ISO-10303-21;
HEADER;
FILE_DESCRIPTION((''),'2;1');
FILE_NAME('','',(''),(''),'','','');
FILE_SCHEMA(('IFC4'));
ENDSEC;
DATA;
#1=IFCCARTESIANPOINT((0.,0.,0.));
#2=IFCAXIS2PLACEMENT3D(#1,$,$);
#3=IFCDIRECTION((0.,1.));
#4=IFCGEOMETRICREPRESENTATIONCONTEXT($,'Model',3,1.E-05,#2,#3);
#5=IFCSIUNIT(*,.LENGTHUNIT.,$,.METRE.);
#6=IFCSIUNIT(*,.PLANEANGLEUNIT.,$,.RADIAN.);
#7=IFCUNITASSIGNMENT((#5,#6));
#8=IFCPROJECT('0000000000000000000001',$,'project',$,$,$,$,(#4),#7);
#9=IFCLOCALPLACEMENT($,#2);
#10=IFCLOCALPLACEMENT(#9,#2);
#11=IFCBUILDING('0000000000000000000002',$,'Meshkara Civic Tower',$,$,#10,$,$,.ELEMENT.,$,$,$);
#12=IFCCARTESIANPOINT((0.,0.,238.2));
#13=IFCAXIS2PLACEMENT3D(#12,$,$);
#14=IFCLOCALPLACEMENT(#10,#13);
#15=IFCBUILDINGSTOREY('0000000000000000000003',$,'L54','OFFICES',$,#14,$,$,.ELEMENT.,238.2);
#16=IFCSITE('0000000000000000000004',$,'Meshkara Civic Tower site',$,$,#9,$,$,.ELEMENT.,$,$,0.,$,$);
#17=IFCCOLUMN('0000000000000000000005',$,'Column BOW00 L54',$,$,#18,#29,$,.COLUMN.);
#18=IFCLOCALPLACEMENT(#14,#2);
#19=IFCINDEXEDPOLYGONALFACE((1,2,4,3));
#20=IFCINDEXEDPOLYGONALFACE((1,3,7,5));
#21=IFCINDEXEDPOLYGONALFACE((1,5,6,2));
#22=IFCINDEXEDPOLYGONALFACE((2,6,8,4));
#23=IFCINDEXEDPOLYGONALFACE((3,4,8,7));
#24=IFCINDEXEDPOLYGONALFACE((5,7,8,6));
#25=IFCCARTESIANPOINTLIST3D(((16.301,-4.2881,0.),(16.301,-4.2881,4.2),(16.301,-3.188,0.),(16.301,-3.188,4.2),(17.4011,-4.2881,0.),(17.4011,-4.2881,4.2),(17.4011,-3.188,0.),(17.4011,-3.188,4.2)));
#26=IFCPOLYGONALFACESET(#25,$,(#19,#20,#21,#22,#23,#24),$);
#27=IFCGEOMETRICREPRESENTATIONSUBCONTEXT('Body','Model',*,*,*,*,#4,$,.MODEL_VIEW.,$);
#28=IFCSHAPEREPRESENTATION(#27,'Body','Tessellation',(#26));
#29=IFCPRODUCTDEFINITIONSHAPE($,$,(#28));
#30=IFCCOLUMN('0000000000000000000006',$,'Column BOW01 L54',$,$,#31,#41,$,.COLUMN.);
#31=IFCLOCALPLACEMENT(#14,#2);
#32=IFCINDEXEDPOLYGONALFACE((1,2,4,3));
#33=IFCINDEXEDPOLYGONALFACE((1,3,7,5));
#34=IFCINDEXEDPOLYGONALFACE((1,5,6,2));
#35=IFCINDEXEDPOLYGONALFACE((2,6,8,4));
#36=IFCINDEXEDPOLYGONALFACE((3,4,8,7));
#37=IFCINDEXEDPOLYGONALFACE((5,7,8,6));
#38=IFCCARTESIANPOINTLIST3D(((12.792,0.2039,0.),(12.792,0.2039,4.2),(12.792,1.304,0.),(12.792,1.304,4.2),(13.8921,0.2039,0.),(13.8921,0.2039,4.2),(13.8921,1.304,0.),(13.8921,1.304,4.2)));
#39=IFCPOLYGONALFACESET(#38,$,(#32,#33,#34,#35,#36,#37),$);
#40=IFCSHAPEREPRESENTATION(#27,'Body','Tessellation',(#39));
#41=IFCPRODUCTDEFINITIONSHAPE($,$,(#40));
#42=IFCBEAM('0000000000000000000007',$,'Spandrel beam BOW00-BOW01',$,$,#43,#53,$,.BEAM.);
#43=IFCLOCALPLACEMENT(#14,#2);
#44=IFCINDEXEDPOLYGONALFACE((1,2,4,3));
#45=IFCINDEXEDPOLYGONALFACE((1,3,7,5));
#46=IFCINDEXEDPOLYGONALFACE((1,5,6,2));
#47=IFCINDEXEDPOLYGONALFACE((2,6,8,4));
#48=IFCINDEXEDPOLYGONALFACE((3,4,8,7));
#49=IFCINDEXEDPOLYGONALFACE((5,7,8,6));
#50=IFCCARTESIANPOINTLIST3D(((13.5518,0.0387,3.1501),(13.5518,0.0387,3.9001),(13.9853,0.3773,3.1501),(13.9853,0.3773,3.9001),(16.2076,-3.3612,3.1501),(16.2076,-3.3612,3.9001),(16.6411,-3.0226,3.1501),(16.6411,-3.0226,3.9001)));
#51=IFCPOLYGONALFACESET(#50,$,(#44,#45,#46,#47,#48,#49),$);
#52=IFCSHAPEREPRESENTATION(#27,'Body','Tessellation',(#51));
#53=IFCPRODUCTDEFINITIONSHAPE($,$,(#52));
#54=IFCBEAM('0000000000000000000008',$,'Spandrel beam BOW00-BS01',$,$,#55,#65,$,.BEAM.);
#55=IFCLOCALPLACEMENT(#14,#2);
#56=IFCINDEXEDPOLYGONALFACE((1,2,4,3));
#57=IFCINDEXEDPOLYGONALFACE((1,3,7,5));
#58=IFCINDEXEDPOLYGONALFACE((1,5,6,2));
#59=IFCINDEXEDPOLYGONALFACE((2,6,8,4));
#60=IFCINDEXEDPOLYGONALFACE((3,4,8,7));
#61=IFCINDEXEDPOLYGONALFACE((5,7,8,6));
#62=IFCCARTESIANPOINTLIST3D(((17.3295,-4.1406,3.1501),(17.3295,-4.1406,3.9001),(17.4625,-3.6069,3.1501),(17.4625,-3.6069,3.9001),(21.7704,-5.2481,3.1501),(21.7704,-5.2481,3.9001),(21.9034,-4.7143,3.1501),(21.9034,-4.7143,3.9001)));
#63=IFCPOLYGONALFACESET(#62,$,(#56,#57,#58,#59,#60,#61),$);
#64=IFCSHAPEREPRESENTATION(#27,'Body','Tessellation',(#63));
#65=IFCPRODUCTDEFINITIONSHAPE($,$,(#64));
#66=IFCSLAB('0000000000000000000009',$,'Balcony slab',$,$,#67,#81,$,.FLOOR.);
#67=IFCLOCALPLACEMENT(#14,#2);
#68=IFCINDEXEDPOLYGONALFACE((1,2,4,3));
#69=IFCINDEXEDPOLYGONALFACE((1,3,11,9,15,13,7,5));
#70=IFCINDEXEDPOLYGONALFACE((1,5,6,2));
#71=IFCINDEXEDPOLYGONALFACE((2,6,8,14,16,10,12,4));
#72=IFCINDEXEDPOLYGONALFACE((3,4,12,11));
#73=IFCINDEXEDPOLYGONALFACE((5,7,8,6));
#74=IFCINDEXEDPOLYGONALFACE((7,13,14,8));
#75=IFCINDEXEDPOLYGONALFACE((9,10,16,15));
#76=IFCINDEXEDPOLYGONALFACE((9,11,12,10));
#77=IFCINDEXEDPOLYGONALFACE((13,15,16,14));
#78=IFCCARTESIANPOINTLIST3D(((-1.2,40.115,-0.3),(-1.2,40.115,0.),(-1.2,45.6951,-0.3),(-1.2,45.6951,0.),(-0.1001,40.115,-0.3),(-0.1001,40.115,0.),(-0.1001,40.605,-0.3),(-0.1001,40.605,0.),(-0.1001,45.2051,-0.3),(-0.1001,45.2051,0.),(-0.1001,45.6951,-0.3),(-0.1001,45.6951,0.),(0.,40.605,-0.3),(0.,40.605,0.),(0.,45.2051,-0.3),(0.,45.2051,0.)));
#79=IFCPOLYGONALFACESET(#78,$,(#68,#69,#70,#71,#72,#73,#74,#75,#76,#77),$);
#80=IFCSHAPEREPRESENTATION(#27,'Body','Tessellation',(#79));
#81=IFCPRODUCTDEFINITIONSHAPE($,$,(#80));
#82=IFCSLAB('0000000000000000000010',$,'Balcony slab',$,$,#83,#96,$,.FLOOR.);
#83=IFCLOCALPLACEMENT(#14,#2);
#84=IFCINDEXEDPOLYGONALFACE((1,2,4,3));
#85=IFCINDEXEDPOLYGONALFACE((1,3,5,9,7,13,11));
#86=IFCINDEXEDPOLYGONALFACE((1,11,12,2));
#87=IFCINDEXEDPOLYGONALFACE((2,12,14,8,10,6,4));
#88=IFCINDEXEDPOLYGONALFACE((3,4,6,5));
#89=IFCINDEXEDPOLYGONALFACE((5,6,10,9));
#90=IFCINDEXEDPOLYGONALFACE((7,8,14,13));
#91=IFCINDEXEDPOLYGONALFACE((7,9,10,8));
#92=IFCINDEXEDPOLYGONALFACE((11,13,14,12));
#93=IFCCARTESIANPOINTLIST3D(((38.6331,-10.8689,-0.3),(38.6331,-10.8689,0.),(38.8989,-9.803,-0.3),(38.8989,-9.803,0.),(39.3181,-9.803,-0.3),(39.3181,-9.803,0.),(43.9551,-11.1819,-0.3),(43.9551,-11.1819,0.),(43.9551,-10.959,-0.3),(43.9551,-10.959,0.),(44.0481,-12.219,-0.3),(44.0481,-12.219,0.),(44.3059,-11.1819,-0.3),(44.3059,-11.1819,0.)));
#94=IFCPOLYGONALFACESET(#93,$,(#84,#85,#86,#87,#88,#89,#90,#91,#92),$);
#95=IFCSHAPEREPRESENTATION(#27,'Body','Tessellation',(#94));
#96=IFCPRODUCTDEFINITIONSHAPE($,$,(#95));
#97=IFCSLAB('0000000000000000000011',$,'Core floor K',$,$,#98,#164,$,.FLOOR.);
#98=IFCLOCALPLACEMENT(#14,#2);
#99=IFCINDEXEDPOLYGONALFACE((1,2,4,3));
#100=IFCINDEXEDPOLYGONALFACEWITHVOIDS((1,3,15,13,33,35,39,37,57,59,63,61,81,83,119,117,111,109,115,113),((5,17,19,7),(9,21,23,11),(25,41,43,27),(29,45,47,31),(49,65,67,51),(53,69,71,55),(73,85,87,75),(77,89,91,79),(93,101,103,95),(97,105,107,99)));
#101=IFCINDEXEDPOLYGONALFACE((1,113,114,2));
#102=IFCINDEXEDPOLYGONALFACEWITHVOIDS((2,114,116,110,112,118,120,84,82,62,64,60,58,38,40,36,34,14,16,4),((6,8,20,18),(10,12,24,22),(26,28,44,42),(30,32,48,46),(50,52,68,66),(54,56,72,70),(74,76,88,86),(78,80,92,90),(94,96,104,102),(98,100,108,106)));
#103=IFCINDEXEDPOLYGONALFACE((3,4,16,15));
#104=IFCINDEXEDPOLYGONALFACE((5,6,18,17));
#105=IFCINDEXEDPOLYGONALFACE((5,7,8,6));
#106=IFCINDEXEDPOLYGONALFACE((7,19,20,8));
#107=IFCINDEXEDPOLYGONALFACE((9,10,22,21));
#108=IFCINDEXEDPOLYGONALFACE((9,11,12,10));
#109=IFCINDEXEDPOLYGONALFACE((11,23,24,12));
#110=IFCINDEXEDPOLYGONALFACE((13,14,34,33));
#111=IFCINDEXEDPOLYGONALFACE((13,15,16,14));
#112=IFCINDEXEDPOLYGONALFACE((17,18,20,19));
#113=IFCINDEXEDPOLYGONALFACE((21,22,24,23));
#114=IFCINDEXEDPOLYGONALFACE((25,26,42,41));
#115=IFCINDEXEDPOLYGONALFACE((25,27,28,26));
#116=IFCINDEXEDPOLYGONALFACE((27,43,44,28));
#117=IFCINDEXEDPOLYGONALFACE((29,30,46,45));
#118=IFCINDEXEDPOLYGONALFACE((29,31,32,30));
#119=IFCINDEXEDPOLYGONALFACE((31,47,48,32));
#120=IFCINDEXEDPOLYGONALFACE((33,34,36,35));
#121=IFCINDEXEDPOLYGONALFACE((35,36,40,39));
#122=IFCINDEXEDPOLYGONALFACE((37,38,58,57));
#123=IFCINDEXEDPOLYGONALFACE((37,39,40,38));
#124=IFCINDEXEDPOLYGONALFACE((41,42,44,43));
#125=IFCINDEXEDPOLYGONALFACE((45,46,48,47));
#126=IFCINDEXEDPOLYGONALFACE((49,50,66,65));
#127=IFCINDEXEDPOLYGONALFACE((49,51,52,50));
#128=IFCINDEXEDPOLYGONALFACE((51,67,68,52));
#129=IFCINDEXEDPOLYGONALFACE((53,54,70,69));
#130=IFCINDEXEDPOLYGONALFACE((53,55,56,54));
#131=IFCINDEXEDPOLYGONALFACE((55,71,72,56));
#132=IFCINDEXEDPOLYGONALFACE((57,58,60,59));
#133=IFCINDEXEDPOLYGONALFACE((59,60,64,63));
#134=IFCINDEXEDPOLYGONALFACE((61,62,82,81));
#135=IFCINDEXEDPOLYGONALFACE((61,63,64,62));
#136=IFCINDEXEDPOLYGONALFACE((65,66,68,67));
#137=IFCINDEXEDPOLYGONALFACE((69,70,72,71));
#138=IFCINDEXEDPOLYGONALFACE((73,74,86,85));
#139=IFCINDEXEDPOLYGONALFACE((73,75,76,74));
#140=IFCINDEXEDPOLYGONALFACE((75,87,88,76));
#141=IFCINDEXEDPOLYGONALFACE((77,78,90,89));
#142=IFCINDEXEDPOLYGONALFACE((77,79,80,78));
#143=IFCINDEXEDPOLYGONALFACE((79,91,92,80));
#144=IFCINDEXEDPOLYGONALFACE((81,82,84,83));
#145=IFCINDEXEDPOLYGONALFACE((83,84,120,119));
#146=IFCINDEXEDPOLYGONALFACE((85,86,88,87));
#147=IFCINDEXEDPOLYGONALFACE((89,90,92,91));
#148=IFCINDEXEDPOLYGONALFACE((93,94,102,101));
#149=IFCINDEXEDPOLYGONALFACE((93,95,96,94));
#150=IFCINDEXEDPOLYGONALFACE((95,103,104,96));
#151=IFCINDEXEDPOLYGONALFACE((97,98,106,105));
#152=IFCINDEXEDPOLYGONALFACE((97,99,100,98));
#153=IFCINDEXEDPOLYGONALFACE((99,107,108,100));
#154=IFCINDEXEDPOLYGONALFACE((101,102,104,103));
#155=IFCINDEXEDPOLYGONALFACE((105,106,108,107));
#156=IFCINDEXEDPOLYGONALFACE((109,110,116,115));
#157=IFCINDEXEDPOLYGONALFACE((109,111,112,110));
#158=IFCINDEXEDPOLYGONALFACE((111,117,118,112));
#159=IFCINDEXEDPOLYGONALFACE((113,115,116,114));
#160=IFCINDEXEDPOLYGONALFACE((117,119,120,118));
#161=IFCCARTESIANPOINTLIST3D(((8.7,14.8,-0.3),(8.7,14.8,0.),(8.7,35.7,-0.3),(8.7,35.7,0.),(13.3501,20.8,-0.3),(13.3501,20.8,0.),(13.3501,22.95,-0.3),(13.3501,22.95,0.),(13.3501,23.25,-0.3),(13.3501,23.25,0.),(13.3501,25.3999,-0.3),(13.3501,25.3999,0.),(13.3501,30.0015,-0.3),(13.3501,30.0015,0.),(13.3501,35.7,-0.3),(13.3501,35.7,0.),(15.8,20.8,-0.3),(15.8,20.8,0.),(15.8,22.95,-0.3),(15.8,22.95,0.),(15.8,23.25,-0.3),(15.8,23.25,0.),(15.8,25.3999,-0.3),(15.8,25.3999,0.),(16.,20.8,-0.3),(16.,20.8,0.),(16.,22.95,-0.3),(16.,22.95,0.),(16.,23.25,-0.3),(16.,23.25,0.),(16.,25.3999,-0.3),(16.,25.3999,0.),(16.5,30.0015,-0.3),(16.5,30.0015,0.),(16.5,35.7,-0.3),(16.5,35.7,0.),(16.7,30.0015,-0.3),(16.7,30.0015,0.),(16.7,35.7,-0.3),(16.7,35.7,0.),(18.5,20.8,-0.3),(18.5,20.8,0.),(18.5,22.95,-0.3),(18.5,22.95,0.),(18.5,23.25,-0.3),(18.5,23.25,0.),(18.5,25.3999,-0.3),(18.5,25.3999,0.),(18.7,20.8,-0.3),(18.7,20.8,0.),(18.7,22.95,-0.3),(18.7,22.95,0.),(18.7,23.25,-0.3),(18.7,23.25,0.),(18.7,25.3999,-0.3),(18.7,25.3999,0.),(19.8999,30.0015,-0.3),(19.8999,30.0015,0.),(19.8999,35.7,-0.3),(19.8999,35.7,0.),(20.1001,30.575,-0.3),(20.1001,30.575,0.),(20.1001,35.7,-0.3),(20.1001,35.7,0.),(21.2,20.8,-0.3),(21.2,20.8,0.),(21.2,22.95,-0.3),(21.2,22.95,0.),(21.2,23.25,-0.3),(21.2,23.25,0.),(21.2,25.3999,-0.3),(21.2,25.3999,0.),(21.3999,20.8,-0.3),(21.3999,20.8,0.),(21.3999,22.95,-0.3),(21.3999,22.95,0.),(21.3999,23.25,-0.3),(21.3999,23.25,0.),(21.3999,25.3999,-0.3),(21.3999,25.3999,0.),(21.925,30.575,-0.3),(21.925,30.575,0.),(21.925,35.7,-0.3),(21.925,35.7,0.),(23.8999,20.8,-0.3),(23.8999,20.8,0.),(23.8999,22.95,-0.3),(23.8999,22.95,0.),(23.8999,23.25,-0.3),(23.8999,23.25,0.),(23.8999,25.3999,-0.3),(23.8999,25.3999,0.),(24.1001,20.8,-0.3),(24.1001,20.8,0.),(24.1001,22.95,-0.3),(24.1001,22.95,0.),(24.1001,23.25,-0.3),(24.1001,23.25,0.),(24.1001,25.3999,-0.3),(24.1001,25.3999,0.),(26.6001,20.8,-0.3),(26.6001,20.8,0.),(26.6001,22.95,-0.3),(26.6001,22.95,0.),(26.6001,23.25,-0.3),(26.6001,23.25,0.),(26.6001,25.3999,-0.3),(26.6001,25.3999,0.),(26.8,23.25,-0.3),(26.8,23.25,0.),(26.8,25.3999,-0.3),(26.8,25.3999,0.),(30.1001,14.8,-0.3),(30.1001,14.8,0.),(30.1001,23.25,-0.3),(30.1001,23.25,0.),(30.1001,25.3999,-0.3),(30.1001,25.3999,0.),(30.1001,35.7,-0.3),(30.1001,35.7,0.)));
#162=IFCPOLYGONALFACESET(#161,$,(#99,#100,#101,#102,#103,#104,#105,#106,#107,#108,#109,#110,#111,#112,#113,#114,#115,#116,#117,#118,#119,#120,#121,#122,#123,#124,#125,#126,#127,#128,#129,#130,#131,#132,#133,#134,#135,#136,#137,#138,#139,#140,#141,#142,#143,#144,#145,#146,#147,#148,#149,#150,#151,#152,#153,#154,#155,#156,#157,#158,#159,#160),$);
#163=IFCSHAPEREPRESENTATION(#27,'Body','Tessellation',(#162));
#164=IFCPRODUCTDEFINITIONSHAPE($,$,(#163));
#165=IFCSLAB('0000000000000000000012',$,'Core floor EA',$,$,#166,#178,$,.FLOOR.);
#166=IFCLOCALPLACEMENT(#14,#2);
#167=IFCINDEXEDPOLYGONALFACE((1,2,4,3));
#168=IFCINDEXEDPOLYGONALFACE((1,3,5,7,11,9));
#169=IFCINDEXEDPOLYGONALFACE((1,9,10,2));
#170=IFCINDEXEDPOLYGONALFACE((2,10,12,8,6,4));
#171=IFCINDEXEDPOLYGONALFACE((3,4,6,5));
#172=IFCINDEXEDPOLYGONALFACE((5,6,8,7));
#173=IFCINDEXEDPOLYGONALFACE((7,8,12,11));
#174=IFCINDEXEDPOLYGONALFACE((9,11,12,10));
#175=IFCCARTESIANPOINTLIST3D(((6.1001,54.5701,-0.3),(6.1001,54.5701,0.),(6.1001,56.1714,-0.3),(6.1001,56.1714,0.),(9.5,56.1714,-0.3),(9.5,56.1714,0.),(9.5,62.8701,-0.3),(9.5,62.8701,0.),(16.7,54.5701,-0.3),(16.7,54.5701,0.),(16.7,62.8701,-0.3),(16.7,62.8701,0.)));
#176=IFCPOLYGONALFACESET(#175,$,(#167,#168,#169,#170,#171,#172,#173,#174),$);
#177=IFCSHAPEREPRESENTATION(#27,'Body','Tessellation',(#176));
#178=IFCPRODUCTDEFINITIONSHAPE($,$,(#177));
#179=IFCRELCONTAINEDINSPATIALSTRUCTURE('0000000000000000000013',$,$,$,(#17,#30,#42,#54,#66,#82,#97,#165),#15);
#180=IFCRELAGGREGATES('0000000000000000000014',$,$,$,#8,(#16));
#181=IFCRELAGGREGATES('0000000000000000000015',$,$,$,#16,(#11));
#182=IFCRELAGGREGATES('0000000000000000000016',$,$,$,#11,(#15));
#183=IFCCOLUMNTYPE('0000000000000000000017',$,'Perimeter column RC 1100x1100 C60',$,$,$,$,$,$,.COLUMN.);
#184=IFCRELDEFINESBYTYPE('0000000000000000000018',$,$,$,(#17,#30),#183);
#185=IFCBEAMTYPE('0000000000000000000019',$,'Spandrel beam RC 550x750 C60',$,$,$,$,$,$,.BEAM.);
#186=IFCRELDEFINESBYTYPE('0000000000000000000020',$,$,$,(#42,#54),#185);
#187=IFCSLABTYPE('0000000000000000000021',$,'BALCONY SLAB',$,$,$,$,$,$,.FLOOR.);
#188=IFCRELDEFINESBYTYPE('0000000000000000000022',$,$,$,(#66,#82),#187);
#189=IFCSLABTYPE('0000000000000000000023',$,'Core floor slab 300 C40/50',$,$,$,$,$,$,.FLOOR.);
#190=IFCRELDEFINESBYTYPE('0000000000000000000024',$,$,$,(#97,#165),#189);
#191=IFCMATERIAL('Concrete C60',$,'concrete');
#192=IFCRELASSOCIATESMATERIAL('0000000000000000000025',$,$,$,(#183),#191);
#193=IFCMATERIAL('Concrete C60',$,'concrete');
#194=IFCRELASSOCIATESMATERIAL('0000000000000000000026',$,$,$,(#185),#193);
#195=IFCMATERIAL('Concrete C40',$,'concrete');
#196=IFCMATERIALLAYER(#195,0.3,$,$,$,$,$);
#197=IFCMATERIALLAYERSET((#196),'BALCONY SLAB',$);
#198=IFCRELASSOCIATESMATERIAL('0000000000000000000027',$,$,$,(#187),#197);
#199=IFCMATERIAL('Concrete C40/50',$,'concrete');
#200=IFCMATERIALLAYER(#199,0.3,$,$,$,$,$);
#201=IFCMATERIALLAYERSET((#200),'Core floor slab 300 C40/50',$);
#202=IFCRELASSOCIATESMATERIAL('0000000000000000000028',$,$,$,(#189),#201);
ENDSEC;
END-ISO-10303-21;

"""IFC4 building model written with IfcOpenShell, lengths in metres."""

from ifc_helpers import new_model, si_unit, direction, frame, origin, origin_2d, place, context, subcontext, project, spatial, polyline, rectangle, outline, extrude, material, layer, layer_set, material_profile, profile_set, type_object, element, save


model = new_model("IFC4")

# Units and contexts
model_context = context("Model", 3, precision=1e-05, world=origin(), true_north=direction((0.0, 1.0)))
body_context = subcontext(model_context, "Body", "Model", "MODEL_VIEW")
ifc_project = project(units=[si_unit("LENGTHUNIT", "METRE"), si_unit("PLANEANGLEUNIT", "RADIAN")], contexts=[model_context])

# Site, building, storey
site_placement = place(None, origin())
site = spatial("IfcSite", under=ifc_project, at=site_placement, Name="Meshkara Civic Tower site", CompositionType="ELEMENT", RefElevation=0.0)
building_placement = place(site_placement, origin())
building = spatial("IfcBuilding", under=site, at=building_placement, Name="Meshkara Civic Tower", CompositionType="ELEMENT")
storey_placement = place(building_placement, frame((0.0, 0.0, 238.2)))
storey = spatial("IfcBuildingStorey", under=building, at=storey_placement, Name="L54", Description="OFFICES", CompositionType="ELEMENT", Elevation=238.2)

# Columns
ifc_material_1 = material(Name="Concrete C60", Category="concrete")
ifc_material_profile_1 = material_profile(ifc_material_1, rectangle(XDim=1.1001, YDim=1.1001, at=origin_2d()))
ifc_profile_set_1 = profile_set([ifc_material_profile_1], Name="Concrete C60")
column_type = type_object("IfcColumnType", Name="Perimeter column RC 1100x1100 C60", PredefinedType="COLUMN", material=ifc_profile_set_1)
for number, where, z_axis, x_axis, name in (
    (1, (16.8511, -3.738, 0.0), (0.0, 0.0, 1.0), (1.0, 0.0, 0.0), "Column BOW00 L54"),
    (2, (13.342, 0.7539, 0.0), (0.0, 0.0, 1.0), (1.0, 0.0, 0.0), "Column BOW01 L54"),
):
    element("IfcColumn", number, at=place(storey_placement, frame(where, z_axis=z_axis, x_axis=x_axis)), inside=storey, type_object=column_type, Name=name, PredefinedType="COLUMN", context=body_context, shape_type="SweptSolid", body=[
        extrude(rectangle(XDim=1.1001, YDim=1.1001, at=origin_2d()), origin(), (0.0, 0.0, 1.0), 4.2),
    ])

# Beams
ifc_material_2 = material(Name="Concrete C60", Category="concrete")
ifc_material_profile_2 = material_profile(ifc_material_2, rectangle(XDim=0.55, YDim=0.75, at=origin_2d()))
ifc_profile_set_2 = profile_set([ifc_material_profile_2], Name="Concrete C60")
beam_type = type_object("IfcBeamType", Name="Spandrel beam RC 550x750 C60", PredefinedType="BEAM", material=ifc_profile_set_2)
beam_1_placement = place(storey_placement, frame((13.7686, 0.208, 3.5251), z_axis=(0.615585, -0.788071, 0.0), x_axis=(0.788071, 0.615585, 0.0)))
element("IfcBeam", 3, at=beam_1_placement, inside=storey, type_object=beam_type, Name="Spandrel beam BOW00-BOW01", PredefinedType="BEAM", context=body_context, shape_type="SweptSolid", body=[
    extrude(rectangle(XDim=0.55, YDim=0.75, at=origin_2d()), origin(), (0.0, 0.0, 1.0), 4.3142),
])
beam_2_placement = place(storey_placement, frame((17.396, -3.8738, 3.5251), z_axis=(0.970287, -0.241958, 0.0), x_axis=(0.241958, 0.970287, 0.0)))
element("IfcBeam", 4, at=beam_2_placement, inside=storey, type_object=beam_type, Name="Spandrel beam BOW00-BS01", PredefinedType="BEAM", context=body_context, shape_type="SweptSolid", body=[
    extrude(rectangle(XDim=0.55, YDim=0.75, at=origin_2d()), origin(), (0.0, 0.0, 1.0), 4.5769),
])

# Slabs
ifc_material_3 = material(Name="Concrete C40", Category="concrete")
ifc_layer_1 = layer(ifc_material_3, 0.3)
ifc_layer_set_1 = layer_set([ifc_layer_1], Name="BALCONY SLAB")
slab_type_1 = type_object("IfcSlabType", Name="BALCONY SLAB", PredefinedType="FLOOR", material=ifc_layer_set_1)
slab_1_placement = place(storey_placement, frame((0.0, 0.0, -0.3)))
element("IfcSlab", 5, at=slab_1_placement, inside=storey, type_object=slab_type_1, Name="Balcony slab", PredefinedType="FLOOR", context=body_context, shape_type="SweptSolid", body=[
    extrude(outline(polyline([(-1.2, 40.115), (-1.2, 45.6951), (-0.1001, 45.6951), (-0.1001, 45.2051), (0.0, 45.2051), (0.0, 40.605), (-0.1001, 40.605), (-0.1001, 40.115), (-1.2, 40.115)])), origin(), (0.0, 0.0, 1.0), 0.3),
])
slab_2_placement = place(storey_placement, frame((0.0, 0.0, -0.3)))
element("IfcSlab", 6, at=slab_2_placement, inside=storey, type_object=slab_type_1, Name="Balcony slab", PredefinedType="FLOOR", context=body_context, shape_type="SweptSolid", body=[
    extrude(outline(polyline([(44.0481, -12.219), (38.6331, -10.8689), (38.8989, -9.803), (39.3181, -9.803), (43.9551, -10.959), (43.9551, -11.1819), (44.3059, -11.1819), (44.0481, -12.219)])), origin(), (0.0, 0.0, 1.0), 0.3),
])
ifc_material_4 = material(Name="Concrete C40/50", Category="concrete")
ifc_layer_2 = layer(ifc_material_4, 0.3)
ifc_layer_set_2 = layer_set([ifc_layer_2], Name="Core floor slab 300 C40/50")
slab_type_2 = type_object("IfcSlabType", Name="Core floor slab 300 C40/50", PredefinedType="FLOOR", material=ifc_layer_set_2)
slab_3_placement = place(storey_placement, frame((0.0, 0.0, -0.3)))
element("IfcSlab", 7, at=slab_3_placement, inside=storey, type_object=slab_type_2, Name="Core floor K", PredefinedType="FLOOR", context=body_context, shape_type="SweptSolid", body=[
    extrude(outline(polyline([(8.7, 35.7), (13.3501, 35.7), (13.3501, 30.0015), (16.5, 30.0015), (16.5, 35.7), (16.7, 35.7), (16.7, 30.0015), (19.8999, 30.0015), (19.8999, 35.7), (20.1001, 35.7), (20.1001, 30.575), (21.925, 30.575), (21.925, 35.7), (30.1001, 35.7), (30.1001, 25.3999), (26.8, 25.3999), (26.8, 23.25), (30.1001, 23.25), (30.1001, 14.8), (8.7, 14.8), (8.7, 35.7)]), holes=[polyline([(15.8, 22.95), (13.3501, 22.95), (13.3501, 20.8), (15.8, 20.8), (15.8, 22.95)]), polyline([(16.0, 22.95), (16.0, 20.8), (18.5, 20.8), (18.5, 22.95), (16.0, 22.95)]), polyline([(18.7, 22.95), (18.7, 20.8), (21.2, 20.8), (21.2, 22.95), (18.7, 22.95)]), polyline([(15.8, 23.25), (15.8, 25.3999), (13.3501, 25.3999), (13.3501, 23.25), (15.8, 23.25)]), polyline([(16.0, 25.3999), (16.0, 23.25), (18.5, 23.25), (18.5, 25.3999), (16.0, 25.3999)]), polyline([(23.8999, 20.8), (23.8999, 22.95), (21.3999, 22.95), (21.3999, 20.8), (23.8999, 20.8)]), polyline([(24.1001, 20.8), (26.6001, 20.8), (26.6001, 22.95), (24.1001, 22.95), (24.1001, 20.8)]), polyline([(18.7, 25.3999), (18.7, 23.25), (21.2, 23.25), (21.2, 25.3999), (18.7, 25.3999)]), polyline([(21.3999, 23.25), (23.8999, 23.25), (23.8999, 25.3999), (21.3999, 25.3999), (21.3999, 23.25)]), polyline([(24.1001, 23.25), (26.6001, 23.25), (26.6001, 25.3999), (24.1001, 25.3999), (24.1001, 23.25)])]), origin(), (0.0, 0.0, 1.0), 0.3),
])
slab_4_placement = place(storey_placement, frame((0.0, 0.0, -0.3)))
element("IfcSlab", 8, at=slab_4_placement, inside=storey, type_object=slab_type_2, Name="Core floor EA", PredefinedType="FLOOR", context=body_context, shape_type="SweptSolid", body=[
    extrude(outline(polyline([(16.7, 54.5701), (16.7, 62.8701), (9.5, 62.8701), (9.5, 56.1714), (6.1001, 56.1714), (6.1001, 54.5701), (16.7, 54.5701)])), origin(), (0.0, 0.0, 1.0), 0.3),
])

save(model, "model.ifc")
